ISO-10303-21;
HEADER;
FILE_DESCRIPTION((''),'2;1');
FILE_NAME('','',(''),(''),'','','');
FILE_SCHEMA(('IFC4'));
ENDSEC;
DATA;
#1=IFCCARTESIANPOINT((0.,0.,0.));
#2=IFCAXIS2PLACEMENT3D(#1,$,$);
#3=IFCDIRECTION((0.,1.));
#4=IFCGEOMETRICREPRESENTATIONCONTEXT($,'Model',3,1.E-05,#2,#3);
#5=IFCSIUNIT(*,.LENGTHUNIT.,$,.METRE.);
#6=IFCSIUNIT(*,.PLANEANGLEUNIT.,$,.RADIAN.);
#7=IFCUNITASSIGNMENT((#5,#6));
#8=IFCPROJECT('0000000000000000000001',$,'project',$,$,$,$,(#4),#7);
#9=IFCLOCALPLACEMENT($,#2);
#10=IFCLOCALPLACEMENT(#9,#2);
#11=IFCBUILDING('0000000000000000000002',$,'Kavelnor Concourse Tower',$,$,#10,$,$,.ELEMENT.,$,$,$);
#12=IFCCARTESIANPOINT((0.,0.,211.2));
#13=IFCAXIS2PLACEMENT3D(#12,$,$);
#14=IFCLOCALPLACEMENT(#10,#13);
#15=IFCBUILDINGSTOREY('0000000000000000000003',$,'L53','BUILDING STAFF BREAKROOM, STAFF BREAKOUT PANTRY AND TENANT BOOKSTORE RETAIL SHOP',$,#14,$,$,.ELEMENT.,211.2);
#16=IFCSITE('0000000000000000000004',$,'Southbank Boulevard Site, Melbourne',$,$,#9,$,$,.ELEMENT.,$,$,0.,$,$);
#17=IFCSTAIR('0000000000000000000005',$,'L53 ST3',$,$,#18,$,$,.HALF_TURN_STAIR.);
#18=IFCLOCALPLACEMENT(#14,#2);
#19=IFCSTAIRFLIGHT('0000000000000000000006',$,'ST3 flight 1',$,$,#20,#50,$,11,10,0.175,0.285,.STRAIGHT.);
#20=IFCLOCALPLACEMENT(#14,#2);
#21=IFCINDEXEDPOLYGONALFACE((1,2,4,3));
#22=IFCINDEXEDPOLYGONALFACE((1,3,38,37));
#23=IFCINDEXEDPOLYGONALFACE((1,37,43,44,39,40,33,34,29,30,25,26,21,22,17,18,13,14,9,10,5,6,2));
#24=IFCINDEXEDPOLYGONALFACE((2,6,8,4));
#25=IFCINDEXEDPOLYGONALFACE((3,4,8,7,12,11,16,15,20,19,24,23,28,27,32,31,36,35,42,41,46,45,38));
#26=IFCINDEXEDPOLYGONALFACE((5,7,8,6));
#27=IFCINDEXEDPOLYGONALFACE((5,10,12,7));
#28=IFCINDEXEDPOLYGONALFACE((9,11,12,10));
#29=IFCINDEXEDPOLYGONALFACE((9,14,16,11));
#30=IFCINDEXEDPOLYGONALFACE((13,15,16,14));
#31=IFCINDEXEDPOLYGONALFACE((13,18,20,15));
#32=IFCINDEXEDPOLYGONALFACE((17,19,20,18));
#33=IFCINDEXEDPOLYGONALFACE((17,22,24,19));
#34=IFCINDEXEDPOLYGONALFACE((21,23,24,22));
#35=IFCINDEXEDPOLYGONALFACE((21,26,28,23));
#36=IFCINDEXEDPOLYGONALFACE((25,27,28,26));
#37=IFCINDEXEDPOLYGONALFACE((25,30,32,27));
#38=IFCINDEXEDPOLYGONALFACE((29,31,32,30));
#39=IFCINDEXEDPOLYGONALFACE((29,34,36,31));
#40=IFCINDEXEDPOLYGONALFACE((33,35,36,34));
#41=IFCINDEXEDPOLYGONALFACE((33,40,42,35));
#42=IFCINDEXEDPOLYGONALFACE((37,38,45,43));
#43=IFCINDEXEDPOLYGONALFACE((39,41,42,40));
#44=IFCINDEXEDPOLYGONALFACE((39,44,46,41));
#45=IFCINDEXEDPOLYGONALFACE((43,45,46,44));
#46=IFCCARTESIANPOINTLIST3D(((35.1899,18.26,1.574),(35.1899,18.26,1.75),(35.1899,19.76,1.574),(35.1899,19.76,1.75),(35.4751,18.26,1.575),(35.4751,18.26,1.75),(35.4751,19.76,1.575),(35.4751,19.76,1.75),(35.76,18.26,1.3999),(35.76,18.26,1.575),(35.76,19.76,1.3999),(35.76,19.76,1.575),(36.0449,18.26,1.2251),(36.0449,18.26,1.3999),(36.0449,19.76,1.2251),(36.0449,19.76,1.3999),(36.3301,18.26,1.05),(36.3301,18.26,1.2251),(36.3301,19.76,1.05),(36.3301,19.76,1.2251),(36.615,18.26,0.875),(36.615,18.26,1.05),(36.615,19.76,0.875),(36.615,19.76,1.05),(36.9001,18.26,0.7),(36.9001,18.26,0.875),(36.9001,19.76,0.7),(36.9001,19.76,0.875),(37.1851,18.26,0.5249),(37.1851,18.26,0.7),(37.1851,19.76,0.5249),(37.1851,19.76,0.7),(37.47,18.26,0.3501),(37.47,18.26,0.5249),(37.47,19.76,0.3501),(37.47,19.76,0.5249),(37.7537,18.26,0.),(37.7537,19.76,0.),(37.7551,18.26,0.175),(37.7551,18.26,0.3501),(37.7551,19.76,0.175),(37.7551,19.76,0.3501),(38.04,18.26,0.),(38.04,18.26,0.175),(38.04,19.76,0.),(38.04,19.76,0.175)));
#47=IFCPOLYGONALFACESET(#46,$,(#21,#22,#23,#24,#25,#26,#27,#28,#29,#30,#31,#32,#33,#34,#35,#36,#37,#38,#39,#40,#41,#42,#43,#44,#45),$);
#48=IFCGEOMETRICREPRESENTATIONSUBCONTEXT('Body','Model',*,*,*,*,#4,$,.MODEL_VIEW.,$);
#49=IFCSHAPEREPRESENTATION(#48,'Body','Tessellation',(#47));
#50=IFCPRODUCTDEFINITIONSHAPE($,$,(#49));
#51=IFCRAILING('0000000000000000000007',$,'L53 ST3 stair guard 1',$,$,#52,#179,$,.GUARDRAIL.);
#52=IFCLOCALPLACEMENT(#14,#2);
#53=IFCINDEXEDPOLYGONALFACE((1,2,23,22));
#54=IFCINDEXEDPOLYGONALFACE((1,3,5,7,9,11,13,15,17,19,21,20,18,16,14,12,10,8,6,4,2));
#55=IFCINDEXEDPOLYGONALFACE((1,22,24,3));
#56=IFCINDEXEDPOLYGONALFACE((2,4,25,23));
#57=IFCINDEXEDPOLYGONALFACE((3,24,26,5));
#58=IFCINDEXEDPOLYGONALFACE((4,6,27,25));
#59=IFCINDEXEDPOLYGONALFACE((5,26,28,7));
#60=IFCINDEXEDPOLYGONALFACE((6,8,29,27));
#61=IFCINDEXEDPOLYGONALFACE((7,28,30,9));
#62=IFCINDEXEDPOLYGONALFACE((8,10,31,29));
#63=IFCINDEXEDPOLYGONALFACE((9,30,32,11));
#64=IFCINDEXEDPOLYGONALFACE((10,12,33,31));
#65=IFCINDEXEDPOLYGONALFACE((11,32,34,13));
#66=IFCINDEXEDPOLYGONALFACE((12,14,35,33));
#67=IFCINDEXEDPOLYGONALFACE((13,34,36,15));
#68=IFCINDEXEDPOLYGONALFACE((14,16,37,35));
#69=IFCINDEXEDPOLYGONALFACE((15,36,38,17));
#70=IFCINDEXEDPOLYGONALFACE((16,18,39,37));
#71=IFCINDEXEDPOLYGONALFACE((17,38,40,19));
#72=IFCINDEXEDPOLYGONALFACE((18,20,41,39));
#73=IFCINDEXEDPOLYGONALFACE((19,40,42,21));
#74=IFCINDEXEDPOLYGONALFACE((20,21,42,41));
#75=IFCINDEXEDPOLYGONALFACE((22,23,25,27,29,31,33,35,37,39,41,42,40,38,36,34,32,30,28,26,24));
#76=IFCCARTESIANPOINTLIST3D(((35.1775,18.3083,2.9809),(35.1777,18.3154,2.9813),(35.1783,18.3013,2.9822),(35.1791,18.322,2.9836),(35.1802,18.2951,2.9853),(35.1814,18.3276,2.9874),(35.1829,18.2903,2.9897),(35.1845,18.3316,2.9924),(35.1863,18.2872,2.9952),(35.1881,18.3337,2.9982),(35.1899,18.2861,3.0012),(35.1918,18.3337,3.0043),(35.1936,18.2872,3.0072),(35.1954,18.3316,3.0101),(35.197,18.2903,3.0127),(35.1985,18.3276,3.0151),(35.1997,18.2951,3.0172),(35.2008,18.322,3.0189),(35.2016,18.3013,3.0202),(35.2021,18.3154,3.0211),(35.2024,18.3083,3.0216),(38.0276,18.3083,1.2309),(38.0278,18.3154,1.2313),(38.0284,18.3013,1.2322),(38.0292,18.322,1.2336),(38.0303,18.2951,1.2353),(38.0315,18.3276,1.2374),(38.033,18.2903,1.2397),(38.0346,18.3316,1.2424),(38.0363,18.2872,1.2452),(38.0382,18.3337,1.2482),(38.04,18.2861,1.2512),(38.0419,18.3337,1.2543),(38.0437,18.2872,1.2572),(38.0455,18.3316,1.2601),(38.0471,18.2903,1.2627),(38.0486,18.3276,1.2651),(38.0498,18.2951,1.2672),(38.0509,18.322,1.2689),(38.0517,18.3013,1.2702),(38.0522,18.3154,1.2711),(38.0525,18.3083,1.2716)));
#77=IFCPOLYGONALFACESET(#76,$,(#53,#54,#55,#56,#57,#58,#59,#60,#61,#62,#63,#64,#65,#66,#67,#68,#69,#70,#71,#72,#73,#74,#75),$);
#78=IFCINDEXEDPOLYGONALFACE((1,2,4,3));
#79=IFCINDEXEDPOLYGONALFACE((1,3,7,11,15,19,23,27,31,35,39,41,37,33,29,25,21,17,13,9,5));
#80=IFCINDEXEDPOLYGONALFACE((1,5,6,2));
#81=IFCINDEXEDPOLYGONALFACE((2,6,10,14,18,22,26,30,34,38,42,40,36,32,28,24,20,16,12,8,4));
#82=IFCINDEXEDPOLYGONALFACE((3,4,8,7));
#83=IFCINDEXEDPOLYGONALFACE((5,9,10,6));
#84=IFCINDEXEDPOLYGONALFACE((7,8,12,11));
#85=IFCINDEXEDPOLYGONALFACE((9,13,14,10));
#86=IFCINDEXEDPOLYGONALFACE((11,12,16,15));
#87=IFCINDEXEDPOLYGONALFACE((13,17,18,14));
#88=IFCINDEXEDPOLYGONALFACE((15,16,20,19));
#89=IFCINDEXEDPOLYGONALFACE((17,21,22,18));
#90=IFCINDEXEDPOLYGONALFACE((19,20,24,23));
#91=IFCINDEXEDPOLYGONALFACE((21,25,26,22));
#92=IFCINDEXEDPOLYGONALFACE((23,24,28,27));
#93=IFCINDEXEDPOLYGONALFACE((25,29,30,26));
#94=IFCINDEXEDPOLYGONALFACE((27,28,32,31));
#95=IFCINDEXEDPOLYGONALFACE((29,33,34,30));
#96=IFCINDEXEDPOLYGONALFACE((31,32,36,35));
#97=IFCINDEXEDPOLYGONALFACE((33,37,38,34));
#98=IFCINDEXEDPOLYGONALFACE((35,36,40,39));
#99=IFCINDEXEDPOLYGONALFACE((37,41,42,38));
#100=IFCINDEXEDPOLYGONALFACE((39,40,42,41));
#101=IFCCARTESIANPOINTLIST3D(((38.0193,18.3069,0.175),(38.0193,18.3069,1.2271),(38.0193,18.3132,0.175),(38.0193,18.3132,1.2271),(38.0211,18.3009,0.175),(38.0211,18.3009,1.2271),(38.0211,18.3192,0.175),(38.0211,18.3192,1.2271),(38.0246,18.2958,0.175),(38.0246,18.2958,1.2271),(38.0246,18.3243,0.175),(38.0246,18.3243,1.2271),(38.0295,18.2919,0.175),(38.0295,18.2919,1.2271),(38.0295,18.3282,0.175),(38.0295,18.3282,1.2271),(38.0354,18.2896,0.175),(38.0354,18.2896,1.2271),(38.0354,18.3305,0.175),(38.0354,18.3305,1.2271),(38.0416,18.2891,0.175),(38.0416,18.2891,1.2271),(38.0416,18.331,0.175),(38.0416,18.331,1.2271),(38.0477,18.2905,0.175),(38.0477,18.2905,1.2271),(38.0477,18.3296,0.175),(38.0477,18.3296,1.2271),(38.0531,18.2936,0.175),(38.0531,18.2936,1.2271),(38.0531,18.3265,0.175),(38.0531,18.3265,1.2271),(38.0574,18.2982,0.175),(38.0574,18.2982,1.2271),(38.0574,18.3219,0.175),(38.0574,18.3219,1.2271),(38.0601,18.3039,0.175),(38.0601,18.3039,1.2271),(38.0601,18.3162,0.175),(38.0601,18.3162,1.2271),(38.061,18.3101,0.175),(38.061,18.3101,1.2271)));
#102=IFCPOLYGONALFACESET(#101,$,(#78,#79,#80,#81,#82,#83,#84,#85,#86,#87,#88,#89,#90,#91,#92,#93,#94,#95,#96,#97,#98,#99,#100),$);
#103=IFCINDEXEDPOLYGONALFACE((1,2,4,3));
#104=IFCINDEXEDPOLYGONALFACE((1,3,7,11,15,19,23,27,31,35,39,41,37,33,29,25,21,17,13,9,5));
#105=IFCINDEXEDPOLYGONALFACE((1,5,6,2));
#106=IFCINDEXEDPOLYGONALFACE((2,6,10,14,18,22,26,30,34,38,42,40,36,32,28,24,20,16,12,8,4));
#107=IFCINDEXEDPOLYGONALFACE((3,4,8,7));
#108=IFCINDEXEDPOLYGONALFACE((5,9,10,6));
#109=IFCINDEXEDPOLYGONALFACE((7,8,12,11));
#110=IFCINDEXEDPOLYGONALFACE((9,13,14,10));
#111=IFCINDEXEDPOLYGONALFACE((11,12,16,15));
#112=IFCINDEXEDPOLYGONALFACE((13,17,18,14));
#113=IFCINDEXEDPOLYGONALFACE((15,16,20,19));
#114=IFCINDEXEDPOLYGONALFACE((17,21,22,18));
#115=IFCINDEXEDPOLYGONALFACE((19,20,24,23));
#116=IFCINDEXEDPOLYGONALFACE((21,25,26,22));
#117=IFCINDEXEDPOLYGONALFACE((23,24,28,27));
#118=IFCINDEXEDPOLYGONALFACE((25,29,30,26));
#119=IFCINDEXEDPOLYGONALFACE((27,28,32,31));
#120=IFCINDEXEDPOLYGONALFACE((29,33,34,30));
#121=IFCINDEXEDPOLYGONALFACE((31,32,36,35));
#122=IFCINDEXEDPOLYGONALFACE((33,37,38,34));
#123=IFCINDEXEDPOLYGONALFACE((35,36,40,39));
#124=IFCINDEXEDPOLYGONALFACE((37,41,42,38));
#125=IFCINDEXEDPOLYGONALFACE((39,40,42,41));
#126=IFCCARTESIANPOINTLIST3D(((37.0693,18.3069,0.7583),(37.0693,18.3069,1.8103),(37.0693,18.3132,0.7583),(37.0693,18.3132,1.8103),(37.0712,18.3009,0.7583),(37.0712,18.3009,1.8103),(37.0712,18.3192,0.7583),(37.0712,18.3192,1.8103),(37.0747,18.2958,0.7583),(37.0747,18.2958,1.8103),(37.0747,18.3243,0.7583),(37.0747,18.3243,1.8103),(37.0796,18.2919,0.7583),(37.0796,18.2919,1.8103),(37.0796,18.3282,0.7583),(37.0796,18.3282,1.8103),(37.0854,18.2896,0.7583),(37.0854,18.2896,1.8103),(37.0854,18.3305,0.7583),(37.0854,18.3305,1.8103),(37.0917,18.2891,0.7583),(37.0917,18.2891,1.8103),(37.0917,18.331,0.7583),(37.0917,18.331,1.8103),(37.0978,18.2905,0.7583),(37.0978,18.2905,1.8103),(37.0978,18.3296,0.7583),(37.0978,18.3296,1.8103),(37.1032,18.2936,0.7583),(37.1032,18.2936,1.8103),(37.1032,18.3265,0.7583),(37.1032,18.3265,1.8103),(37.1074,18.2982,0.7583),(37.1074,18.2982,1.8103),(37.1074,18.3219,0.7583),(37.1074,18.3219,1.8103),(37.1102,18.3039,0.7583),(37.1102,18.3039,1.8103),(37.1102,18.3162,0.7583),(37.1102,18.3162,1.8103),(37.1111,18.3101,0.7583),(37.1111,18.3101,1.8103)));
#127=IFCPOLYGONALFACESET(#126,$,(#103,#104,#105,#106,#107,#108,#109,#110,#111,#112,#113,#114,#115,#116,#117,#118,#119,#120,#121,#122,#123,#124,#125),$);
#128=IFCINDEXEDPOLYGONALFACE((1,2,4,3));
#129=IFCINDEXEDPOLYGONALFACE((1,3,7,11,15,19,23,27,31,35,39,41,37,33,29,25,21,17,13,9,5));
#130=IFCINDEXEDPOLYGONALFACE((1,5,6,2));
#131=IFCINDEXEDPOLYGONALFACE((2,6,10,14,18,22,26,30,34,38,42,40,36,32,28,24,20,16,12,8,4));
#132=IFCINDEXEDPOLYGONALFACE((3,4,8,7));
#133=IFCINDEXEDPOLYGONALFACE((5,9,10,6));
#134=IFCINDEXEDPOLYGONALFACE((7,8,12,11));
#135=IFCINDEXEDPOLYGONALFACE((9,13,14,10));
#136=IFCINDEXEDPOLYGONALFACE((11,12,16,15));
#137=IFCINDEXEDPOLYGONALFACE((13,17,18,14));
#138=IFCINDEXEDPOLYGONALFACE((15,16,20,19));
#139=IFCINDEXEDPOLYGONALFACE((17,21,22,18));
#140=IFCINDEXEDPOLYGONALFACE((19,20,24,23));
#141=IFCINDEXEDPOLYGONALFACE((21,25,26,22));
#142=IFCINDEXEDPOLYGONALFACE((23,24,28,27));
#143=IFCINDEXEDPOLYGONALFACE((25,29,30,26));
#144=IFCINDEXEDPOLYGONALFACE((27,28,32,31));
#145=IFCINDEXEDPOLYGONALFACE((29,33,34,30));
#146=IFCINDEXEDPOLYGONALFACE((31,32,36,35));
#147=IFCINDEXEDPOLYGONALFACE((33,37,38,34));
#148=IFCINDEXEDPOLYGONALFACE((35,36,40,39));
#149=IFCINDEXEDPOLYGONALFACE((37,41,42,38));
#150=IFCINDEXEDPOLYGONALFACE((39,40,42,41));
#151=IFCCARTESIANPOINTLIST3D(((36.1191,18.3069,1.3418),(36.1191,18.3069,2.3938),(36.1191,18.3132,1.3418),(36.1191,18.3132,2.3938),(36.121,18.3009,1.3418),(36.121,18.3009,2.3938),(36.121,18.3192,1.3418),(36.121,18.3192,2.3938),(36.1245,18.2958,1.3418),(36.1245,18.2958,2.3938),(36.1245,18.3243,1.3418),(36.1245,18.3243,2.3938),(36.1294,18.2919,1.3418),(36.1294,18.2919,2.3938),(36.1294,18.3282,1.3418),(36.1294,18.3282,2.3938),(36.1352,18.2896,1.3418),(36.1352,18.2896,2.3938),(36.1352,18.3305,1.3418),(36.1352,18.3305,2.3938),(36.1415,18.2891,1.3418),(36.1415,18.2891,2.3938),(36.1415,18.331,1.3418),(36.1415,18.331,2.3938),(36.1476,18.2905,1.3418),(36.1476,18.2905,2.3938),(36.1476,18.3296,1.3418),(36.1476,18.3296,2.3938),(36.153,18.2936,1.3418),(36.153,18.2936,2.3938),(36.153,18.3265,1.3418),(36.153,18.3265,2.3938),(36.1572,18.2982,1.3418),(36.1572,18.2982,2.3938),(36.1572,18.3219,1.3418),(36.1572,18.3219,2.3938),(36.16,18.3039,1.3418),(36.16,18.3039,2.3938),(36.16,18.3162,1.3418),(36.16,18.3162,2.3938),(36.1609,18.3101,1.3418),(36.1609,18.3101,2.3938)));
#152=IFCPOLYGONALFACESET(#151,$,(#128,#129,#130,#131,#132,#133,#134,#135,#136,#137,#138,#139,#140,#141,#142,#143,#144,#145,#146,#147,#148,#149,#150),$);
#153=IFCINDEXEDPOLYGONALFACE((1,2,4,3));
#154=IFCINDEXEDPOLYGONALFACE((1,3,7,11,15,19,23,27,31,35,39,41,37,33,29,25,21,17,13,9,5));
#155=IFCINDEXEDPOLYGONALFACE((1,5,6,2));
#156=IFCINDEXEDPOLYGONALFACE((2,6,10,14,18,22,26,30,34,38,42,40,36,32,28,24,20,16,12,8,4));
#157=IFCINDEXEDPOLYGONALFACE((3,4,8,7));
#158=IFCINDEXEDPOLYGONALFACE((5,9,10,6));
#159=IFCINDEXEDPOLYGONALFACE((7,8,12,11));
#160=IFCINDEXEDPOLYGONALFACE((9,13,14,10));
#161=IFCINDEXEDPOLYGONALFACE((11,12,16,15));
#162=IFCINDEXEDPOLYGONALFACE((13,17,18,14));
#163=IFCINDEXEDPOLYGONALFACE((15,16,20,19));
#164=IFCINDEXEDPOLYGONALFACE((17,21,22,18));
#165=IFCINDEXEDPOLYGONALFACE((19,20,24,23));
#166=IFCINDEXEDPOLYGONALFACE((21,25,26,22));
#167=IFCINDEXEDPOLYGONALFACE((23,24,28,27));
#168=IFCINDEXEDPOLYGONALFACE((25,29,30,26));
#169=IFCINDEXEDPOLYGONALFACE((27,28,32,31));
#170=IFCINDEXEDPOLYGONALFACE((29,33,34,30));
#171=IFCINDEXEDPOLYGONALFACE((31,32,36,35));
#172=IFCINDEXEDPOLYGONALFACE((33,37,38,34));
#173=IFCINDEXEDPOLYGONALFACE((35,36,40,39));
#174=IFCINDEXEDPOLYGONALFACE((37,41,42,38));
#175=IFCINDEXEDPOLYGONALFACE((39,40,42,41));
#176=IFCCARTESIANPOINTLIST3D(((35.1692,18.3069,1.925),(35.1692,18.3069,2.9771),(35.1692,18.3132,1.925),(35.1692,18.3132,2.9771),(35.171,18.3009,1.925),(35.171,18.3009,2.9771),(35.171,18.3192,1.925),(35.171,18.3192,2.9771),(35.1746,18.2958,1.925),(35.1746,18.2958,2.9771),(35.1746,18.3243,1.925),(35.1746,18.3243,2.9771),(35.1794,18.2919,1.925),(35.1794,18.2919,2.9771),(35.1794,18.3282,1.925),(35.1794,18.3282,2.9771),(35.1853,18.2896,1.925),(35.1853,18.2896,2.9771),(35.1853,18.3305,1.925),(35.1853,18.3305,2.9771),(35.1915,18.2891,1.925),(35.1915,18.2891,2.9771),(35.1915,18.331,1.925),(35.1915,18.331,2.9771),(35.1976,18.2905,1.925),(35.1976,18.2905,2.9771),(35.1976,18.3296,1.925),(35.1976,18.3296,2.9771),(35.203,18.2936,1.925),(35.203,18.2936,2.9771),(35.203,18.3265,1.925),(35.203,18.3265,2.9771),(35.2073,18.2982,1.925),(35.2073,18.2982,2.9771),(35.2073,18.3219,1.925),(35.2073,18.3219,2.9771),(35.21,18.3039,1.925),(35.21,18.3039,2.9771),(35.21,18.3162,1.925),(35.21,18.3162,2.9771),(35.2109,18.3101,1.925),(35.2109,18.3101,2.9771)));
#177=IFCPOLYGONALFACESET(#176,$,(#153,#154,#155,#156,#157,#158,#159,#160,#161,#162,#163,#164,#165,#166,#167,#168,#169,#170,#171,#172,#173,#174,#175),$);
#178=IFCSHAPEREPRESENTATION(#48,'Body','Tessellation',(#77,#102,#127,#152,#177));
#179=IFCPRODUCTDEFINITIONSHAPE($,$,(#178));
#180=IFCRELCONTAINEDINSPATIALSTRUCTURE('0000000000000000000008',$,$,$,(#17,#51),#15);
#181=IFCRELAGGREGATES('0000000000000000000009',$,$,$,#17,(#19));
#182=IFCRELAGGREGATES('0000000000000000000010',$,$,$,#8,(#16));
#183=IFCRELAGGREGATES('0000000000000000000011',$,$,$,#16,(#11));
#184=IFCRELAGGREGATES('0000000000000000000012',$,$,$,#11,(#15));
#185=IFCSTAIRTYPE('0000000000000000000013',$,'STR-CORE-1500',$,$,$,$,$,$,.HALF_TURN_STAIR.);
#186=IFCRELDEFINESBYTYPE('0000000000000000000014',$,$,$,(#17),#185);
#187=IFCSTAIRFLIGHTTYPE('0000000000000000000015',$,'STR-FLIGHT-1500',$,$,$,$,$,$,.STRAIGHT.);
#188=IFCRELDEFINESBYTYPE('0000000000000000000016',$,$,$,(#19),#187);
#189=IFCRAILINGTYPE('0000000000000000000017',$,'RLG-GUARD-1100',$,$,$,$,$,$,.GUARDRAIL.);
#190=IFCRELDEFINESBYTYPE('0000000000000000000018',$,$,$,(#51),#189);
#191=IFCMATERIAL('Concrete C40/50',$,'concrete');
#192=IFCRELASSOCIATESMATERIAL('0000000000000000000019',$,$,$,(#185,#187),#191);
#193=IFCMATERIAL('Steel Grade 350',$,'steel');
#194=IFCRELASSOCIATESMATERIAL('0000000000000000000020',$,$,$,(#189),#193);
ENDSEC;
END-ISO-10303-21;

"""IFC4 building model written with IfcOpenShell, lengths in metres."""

from ifc_helpers import new_model, si_unit, direction, frame, origin, origin_2d, place, context, subcontext, project, spatial, polyline, circle, outline, extrude, material, type_object, element, aggregate, save


model = new_model("IFC4")

# Units and contexts
model_context = context("Model", 3, precision=1e-05, world=origin(), true_north=direction((0.0, 1.0)))
body_context = subcontext(model_context, "Body", "Model", "MODEL_VIEW")
ifc_project = project(units=[si_unit("LENGTHUNIT", "METRE"), si_unit("PLANEANGLEUNIT", "RADIAN")], contexts=[model_context])

# Site, building, storey
site_placement = place(None, origin())
site = spatial("IfcSite", under=ifc_project, at=site_placement, Name="Southbank Boulevard Site, Melbourne", CompositionType="ELEMENT", RefElevation=0.0)
building_placement = place(site_placement, origin())
building = spatial("IfcBuilding", under=site, at=building_placement, Name="Kavelnor Concourse Tower", CompositionType="ELEMENT")
storey_placement = place(building_placement, frame((0.0, 0.0, 211.2)))
storey = spatial("IfcBuildingStorey", under=building, at=storey_placement, Name="L53", Description="BUILDING STAFF BREAKROOM, STAFF BREAKOUT PANTRY AND TENANT BOOKSTORE RETAIL SHOP", CompositionType="ELEMENT", Elevation=211.2)

# Shared definitions
ifc_material_1 = material(Name="Steel Grade 350", Category="steel")

# Stair, stair flight
ifc_material_2 = material(Name="Concrete C40/50", Category="concrete")
stair_type = type_object("IfcStairType", Name="STR-CORE-1500", PredefinedType="HALF_TURN_STAIR", material=ifc_material_2)
stair_placement = place(storey_placement, origin())
stair = element("IfcStair", 1, at=stair_placement, inside=storey, type_object=stair_type, Name="L53 ST3", PredefinedType="HALF_TURN_STAIR")
stair_flight_type = type_object("IfcStairFlightType", Name="STR-FLIGHT-1500", PredefinedType="STRAIGHT", material=ifc_material_2)
stair_flight_placement = place(storey_placement, frame((38.04, 19.01, 0.0), z_axis=(0.0, 0.0, 1.0), x_axis=(-1.0, 0.0, 0.0)))
stair_flight = element("IfcStairFlight", 2, at=stair_flight_placement, type_object=stair_flight_type, Name="ST3 flight 1", NumberOfRisers=11, NumberOfTreads=10, PredefinedType="STRAIGHT", RiserHeight=0.175, TreadLength=0.285, context=body_context, shape_type="SweptSolid", body=[
    extrude(outline(polyline([(0.0, 0.0), (0.0, 0.175), (0.2849, 0.175), (0.2849, 0.3501), (0.5701, 0.3501), (0.5701, 0.5249), (0.855, 0.5249), (0.855, 0.7), (1.1399, 0.7), (1.1399, 0.875), (1.425, 0.875), (1.425, 1.05), (1.71, 1.05), (1.71, 1.2251), (1.9951, 1.2251), (1.9951, 1.3999), (2.28, 1.3999), (2.28, 1.575), (2.5649, 1.575), (2.5649, 1.75), (2.8501, 1.75), (2.8501, 1.925), (2.8501, 1.574), (0.2864, 0.0), (0.0, 0.0)])), frame((0.0, 0.75, 0.0), z_axis=(0.0, -1.0, 0.0), x_axis=(1.0, 0.0, 0.0)), (0.0, 0.0, 1.0), 1.5),
])
aggregate(stair, [stair_flight])

# Railing
railing_type_1 = type_object("IfcRailingType", Name="RLG-GUARD-1100", PredefinedType="GUARDRAIL", material=ifc_material_1)
railing_1_placement = place(storey_placement, frame((38.04, 18.3101, 0.175)))
element("IfcRailing", 3, at=railing_1_placement, inside=storey, type_object=railing_type_1, Name="L53 ST3 stair guard 1", PredefinedType="GUARDRAIL", context=body_context, shape_type="SweptSolid", body=[
    extrude(circle(Radius=0.0239, at=origin_2d()), frame((0.0, 0.0, 1.0762), z_axis=(-0.852179, 0.0, 0.52325), x_axis=(0.0, -1.0, 0.0)), (0.0, 0.0, 1.0), 3.3445),
    extrude(circle(Radius=0.021, at=origin_2d()), origin(), (0.0, 0.0, 1.0), 1.052),
    extrude(circle(Radius=0.021, at=origin_2d()), frame((-0.95, 0.0, 0.5833)), (0.0, 0.0, 1.0), 1.052),
    extrude(circle(Radius=0.021, at=origin_2d()), frame((-1.9001, 0.0, 1.1667)), (0.0, 0.0, 1.0), 1.052),
    extrude(circle(Radius=0.021, at=origin_2d()), frame((-2.8501, 0.0, 1.75)), (0.0, 0.0, 1.0), 1.052),
])

save(model, "model.ifc")
